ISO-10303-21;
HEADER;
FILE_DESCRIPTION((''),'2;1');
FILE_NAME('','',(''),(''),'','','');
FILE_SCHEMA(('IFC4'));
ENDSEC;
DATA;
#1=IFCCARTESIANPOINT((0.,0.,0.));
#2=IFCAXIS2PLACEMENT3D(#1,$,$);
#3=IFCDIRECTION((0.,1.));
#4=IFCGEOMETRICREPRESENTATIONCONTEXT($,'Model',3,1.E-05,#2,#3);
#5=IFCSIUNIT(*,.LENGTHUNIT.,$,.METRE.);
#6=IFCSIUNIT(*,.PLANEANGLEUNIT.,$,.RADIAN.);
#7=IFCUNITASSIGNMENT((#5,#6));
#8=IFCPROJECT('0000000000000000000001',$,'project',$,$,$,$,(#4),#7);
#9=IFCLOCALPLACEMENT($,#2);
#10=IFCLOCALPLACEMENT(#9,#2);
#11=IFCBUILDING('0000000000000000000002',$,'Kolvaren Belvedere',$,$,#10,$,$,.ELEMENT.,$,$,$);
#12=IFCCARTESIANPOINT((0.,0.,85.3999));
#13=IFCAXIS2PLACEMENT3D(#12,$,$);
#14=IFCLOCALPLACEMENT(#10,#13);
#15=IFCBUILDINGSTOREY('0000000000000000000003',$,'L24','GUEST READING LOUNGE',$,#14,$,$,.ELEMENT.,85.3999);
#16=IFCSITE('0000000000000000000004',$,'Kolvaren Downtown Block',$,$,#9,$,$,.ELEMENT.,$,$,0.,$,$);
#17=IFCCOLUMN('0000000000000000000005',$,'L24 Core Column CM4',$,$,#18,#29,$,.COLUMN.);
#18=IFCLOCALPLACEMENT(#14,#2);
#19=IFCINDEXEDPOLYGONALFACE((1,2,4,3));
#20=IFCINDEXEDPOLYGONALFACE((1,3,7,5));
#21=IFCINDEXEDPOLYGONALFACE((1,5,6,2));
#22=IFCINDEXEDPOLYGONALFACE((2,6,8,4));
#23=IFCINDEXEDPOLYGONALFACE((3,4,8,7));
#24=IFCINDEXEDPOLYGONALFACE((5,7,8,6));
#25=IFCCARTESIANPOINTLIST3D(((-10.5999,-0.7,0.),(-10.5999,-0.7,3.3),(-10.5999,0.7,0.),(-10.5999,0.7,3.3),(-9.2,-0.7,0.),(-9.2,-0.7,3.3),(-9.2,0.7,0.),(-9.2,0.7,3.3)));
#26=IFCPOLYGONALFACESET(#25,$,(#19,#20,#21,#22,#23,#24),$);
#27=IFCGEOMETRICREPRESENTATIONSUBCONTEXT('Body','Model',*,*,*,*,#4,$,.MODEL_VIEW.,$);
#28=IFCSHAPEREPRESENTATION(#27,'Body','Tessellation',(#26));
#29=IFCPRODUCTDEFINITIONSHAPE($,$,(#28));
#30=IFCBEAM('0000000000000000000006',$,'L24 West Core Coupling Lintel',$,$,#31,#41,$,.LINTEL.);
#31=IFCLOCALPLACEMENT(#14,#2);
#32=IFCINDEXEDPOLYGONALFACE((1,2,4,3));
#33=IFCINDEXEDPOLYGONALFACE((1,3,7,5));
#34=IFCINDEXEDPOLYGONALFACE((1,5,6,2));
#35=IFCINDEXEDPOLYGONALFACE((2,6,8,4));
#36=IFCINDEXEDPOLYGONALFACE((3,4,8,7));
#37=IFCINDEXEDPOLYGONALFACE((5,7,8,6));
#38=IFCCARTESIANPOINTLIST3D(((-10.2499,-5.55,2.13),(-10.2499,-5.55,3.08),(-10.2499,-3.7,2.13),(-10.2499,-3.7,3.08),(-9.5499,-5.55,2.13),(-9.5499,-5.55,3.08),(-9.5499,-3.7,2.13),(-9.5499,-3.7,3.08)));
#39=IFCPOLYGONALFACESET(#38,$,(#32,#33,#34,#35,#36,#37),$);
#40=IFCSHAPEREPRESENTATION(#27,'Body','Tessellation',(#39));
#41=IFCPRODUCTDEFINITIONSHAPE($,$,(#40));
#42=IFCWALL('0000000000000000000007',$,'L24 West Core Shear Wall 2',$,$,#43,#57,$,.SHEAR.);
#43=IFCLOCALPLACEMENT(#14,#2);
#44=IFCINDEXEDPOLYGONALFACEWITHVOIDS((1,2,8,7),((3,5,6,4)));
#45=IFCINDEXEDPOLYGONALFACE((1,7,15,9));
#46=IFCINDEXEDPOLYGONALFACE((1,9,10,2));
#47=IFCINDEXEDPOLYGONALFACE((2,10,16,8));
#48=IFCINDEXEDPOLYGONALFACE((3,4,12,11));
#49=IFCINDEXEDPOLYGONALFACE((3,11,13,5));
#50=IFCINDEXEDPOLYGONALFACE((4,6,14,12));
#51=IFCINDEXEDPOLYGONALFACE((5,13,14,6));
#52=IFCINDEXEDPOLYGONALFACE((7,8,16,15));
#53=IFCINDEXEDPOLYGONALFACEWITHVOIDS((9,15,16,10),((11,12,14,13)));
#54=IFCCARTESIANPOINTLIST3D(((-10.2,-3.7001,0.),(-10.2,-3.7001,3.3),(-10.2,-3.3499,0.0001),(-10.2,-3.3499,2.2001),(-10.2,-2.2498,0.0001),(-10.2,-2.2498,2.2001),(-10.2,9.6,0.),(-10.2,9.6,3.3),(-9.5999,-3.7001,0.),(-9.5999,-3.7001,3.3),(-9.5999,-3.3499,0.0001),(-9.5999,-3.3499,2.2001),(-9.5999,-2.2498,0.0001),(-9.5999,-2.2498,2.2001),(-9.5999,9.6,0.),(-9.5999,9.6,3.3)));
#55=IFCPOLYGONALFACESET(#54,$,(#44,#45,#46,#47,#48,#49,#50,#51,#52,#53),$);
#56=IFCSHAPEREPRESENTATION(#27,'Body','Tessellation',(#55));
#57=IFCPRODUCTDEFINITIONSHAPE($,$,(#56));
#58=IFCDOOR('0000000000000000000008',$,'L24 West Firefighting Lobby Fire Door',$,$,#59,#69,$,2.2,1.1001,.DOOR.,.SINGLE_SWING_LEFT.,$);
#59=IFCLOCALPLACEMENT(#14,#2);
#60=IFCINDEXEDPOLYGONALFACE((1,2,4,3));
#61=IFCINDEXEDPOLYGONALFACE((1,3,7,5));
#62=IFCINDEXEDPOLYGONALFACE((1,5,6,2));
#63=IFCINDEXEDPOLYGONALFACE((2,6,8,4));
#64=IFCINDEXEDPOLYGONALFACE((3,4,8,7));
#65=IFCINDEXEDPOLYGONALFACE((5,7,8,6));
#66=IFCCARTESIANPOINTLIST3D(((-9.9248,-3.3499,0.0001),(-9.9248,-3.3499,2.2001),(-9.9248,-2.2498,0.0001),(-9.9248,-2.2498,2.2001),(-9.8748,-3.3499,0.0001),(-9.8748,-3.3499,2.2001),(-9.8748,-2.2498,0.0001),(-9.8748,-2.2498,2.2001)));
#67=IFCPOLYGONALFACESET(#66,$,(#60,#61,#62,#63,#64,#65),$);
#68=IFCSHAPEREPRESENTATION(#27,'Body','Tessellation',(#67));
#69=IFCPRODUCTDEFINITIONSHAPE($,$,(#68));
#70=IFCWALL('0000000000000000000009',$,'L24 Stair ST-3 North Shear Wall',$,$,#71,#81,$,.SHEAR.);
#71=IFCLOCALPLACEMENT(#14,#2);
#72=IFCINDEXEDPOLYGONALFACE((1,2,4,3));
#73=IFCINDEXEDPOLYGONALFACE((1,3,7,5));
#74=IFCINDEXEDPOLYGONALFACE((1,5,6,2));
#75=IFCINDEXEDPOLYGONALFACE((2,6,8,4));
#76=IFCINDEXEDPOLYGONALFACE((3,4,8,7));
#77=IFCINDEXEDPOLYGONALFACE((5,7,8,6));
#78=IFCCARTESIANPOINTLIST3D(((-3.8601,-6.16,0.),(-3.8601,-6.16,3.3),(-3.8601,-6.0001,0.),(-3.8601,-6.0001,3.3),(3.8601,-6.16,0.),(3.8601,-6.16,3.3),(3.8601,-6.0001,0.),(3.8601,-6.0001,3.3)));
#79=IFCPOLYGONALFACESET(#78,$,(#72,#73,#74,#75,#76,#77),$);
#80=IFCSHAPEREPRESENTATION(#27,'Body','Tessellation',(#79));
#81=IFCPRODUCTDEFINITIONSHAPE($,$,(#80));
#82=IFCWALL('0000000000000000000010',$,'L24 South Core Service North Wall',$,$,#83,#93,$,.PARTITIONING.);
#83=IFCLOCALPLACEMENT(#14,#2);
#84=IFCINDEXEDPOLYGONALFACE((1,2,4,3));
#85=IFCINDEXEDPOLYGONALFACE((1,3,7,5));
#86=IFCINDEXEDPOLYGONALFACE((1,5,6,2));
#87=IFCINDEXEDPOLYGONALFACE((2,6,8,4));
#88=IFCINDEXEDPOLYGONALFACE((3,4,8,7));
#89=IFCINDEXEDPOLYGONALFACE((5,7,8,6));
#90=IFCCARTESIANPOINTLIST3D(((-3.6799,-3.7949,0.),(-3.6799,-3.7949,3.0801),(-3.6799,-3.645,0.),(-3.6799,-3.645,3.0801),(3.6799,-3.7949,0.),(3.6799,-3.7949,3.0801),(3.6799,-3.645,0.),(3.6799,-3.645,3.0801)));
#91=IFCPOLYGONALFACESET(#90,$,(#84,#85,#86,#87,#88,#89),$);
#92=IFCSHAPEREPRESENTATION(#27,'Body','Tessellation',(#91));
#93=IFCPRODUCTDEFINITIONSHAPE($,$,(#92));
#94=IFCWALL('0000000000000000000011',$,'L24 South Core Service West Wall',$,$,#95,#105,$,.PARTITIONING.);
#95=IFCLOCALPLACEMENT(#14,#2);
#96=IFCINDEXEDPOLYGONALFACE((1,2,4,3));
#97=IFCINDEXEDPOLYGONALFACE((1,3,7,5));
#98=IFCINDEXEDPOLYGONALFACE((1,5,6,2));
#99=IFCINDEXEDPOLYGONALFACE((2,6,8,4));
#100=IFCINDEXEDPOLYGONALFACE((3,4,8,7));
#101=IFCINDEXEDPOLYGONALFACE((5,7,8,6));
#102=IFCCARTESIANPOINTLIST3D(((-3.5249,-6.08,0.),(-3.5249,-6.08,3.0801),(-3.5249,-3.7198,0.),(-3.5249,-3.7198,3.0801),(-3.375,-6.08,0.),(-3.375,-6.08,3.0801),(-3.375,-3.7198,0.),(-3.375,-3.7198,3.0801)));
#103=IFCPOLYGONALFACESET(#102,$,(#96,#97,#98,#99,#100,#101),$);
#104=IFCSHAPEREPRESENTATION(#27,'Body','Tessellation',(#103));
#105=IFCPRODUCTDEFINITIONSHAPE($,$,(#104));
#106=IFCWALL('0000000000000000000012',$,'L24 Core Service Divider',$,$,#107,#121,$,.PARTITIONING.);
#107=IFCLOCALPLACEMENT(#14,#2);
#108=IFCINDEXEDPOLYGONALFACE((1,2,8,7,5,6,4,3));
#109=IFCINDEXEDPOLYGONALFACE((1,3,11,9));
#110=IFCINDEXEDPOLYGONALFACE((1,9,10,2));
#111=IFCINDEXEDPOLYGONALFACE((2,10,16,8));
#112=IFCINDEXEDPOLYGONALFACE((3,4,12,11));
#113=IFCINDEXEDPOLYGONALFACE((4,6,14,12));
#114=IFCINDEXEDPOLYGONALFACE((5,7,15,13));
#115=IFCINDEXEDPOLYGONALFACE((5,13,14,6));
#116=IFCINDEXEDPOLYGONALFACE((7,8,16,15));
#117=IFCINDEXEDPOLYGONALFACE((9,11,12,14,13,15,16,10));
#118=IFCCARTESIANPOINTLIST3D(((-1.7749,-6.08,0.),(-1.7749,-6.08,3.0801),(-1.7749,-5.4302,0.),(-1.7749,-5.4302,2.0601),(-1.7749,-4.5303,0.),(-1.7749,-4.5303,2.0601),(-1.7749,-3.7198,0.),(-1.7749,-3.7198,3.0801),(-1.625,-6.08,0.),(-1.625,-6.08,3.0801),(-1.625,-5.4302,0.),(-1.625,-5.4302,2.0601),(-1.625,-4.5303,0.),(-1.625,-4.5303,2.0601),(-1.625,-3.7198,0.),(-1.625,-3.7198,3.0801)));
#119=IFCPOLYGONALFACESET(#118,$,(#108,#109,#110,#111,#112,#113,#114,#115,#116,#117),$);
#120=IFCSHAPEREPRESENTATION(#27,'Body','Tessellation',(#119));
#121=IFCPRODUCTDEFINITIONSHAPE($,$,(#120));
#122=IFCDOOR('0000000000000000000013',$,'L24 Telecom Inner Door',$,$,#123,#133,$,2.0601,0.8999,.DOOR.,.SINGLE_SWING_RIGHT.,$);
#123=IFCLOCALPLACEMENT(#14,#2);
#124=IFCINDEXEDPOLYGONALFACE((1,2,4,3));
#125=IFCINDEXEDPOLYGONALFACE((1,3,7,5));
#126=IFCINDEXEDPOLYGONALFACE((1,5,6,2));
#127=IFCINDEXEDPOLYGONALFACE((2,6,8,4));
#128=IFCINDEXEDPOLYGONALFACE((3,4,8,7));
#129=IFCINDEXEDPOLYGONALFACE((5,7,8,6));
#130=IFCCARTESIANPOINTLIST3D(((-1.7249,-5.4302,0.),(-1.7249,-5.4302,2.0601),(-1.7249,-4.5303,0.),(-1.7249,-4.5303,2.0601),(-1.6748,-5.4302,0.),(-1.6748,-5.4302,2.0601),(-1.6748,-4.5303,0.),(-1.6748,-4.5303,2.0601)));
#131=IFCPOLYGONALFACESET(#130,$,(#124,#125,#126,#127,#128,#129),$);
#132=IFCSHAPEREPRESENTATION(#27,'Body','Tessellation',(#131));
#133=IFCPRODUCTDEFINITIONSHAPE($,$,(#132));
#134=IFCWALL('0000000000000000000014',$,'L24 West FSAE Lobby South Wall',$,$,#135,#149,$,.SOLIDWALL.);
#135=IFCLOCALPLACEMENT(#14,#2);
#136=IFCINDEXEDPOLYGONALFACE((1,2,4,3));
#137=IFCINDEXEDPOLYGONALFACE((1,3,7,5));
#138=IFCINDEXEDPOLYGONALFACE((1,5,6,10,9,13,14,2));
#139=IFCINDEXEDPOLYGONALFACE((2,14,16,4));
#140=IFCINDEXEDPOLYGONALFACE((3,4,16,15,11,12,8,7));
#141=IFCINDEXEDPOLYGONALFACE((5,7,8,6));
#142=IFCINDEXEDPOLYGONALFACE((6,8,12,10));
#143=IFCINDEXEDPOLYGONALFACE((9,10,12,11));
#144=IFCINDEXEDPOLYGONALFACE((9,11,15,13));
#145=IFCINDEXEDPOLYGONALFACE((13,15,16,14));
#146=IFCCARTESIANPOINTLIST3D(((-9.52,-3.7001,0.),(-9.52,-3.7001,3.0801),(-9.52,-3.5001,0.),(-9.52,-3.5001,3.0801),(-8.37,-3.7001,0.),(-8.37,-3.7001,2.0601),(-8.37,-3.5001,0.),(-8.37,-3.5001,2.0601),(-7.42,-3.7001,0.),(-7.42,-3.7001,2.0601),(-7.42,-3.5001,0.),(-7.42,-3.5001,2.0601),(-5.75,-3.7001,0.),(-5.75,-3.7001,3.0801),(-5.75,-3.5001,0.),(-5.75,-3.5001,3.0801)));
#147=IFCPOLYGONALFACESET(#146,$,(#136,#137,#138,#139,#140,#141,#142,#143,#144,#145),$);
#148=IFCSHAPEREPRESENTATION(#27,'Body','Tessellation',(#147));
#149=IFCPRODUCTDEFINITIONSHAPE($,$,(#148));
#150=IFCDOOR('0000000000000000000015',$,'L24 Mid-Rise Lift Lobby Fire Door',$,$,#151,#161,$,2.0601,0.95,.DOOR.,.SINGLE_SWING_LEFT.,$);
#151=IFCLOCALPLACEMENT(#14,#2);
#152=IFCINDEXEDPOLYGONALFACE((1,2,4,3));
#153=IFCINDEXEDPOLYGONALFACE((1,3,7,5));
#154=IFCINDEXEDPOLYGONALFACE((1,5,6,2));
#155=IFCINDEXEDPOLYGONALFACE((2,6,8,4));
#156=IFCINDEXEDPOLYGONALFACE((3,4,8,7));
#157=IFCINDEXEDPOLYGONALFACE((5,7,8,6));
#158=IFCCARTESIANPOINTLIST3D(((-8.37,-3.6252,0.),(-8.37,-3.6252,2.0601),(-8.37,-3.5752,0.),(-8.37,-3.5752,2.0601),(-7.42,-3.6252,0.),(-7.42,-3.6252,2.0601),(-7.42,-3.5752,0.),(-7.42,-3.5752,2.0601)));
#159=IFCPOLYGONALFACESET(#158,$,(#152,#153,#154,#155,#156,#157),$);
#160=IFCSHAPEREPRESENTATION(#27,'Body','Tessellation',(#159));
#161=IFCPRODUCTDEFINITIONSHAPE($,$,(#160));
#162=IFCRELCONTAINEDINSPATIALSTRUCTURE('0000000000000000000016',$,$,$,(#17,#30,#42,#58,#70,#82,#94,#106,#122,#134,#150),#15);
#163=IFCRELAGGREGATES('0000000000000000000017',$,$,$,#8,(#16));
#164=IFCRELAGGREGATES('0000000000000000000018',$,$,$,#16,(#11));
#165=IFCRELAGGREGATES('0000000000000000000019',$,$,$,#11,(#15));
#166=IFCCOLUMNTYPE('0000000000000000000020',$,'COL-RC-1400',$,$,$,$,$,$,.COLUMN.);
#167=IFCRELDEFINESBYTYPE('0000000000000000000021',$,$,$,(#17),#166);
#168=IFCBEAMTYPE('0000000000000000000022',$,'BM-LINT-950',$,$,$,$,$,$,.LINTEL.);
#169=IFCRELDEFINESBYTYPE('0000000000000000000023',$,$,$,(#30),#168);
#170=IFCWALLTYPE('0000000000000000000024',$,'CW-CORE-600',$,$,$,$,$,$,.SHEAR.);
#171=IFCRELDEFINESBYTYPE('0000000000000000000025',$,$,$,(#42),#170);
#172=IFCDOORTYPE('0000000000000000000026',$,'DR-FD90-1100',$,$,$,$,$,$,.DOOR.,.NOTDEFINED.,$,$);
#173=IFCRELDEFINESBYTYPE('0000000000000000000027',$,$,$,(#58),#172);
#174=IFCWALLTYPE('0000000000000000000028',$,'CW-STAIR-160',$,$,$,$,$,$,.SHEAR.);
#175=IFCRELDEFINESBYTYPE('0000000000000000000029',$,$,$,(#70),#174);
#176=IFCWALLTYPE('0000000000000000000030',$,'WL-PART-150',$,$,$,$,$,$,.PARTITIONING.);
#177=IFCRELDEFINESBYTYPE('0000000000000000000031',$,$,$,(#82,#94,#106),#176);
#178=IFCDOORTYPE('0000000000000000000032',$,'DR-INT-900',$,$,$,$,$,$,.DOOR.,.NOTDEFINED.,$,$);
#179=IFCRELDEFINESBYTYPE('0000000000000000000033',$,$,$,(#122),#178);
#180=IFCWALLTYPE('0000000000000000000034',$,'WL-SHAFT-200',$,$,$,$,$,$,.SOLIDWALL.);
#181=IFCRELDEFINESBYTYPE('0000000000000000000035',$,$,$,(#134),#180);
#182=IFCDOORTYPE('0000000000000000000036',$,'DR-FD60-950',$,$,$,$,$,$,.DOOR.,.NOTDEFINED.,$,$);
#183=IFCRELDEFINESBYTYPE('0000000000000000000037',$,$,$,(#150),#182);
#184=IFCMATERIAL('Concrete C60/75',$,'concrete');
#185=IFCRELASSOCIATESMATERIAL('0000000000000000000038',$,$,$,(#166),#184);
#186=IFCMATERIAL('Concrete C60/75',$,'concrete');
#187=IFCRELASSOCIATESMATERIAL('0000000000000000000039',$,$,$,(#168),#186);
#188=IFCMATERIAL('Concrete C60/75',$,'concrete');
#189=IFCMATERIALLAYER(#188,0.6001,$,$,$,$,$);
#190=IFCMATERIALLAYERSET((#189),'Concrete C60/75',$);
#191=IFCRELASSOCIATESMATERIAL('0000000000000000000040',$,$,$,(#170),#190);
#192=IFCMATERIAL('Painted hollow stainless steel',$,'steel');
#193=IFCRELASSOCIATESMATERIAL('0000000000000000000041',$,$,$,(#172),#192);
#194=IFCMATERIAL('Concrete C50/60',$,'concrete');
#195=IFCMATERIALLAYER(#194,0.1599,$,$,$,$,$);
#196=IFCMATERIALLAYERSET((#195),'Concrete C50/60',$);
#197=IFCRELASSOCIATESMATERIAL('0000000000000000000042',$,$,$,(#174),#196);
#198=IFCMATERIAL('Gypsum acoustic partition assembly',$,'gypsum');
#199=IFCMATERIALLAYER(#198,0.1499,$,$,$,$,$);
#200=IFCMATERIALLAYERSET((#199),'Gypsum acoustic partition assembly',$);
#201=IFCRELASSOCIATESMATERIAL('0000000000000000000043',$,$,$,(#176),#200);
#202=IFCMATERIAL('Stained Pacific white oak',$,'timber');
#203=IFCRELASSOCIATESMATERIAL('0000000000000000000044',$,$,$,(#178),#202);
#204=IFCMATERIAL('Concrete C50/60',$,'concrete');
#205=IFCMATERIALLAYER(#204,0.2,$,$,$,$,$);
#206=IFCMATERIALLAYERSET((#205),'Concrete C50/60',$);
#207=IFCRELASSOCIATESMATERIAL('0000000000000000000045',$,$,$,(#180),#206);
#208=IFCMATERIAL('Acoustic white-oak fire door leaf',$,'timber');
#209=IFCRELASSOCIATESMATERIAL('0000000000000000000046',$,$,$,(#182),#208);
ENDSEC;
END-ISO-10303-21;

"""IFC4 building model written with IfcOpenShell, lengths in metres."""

from ifc_helpers import new_model, si_unit, direction, frame, frame_2d, origin, origin_2d, place, context, subcontext, project, spatial, rectangle, extrude, material, layer, layer_set, material_profile, profile_set, type_object, element, fill, save


model = new_model("IFC4")

# Units and contexts
model_context = context("Model", 3, precision=1e-05, world=origin(), true_north=direction((0.0, 1.0)))
body_context = subcontext(model_context, "Body", "Model", "MODEL_VIEW")
ifc_project = project(units=[si_unit("LENGTHUNIT", "METRE"), si_unit("PLANEANGLEUNIT", "RADIAN")], contexts=[model_context])

# Site, building, storey
site_placement = place(None, origin())
site = spatial("IfcSite", under=ifc_project, at=site_placement, Name="Kolvaren Downtown Block", CompositionType="ELEMENT", RefElevation=0.0)
building_placement = place(site_placement, origin())
building = spatial("IfcBuilding", under=site, at=building_placement, Name="Kolvaren Belvedere", CompositionType="ELEMENT")
storey_placement = place(building_placement, frame((0.0, 0.0, 85.3999)))
storey = spatial("IfcBuildingStorey", under=building, at=storey_placement, Name="L24", Description="GUEST READING LOUNGE", CompositionType="ELEMENT", Elevation=85.3999)

# Column
ifc_material_1 = material(Name="Concrete C60/75", Category="concrete")
ifc_material_profile_1 = material_profile(ifc_material_1, rectangle(XDim=1.3999, YDim=1.3999, at=origin_2d()), Name="RC 1400X1400")
ifc_profile_set_1 = profile_set([ifc_material_profile_1], Name="Concrete C60/75")
column_type = type_object("IfcColumnType", Name="COL-RC-1400", PredefinedType="COLUMN", material=ifc_profile_set_1)
column_placement = place(storey_placement, frame((-9.8999, 0.0, 0.0), z_axis=(0.0, 0.0, 1.0), x_axis=(1.0, 0.0, 0.0)))
element("IfcColumn", 1, at=column_placement, inside=storey, type_object=column_type, Name="L24 Core Column CM4", PredefinedType="COLUMN", context=body_context, shape_type="SweptSolid", body=[
    extrude(rectangle(XDim=1.3999, YDim=1.3999, at=origin_2d()), origin(), (0.0, 0.0, 1.0), 3.3),
])

# Beam
ifc_material_2 = material(Name="Concrete C60/75", Category="concrete")
ifc_material_profile_2 = material_profile(ifc_material_2, rectangle(XDim=0.7, YDim=0.95, at=origin_2d()), Name="RC 700X950")
ifc_profile_set_2 = profile_set([ifc_material_profile_2], Name="Concrete C60/75")
beam_type = type_object("IfcBeamType", Name="BM-LINT-950", PredefinedType="LINTEL", material=ifc_profile_set_2)
beam_placement = place(storey_placement, frame((-9.8999, -5.55, 2.605), z_axis=(0.0, 1.0, 0.0), x_axis=(-1.0, 0.0, 0.0)))
element("IfcBeam", 2, at=beam_placement, inside=storey, type_object=beam_type, Name="L24 West Core Coupling Lintel", PredefinedType="LINTEL", context=body_context, shape_type="SweptSolid", body=[
    extrude(rectangle(XDim=0.7, YDim=0.95, at=origin_2d()), origin(), (0.0, 0.0, 1.0), 1.8501),
])

# Wall, opening, door
ifc_material_3 = material(Name="Concrete C60/75", Category="concrete")
ifc_layer_1 = layer(ifc_material_3, 0.6001)
ifc_layer_set_1 = layer_set([ifc_layer_1], Name="Concrete C60/75")
wall_type_1 = type_object("IfcWallType", Name="CW-CORE-600", PredefinedType="SHEAR", material=ifc_layer_set_1)
wall_1_placement = place(storey_placement, frame((-9.8999, -3.7, 0.0), z_axis=(0.0, 0.0, 1.0), x_axis=(0.0, 1.0, 0.0)))
wall_1 = element("IfcWall", 3, at=wall_1_placement, inside=storey, type_object=wall_type_1, Name="L24 West Core Shear Wall 2", PredefinedType="SHEAR", context=body_context, shape_type="SweptSolid", body=[
    extrude(rectangle(XDim=13.3, YDim=0.6001, at=frame_2d((6.6499, 0.0))), origin(), (0.0, 0.0, 1.0), 3.3),
])
opening_1_placement = place(wall_1_placement, frame((0.3501, 0.0, 0.0)))
opening_1 = element("IfcOpeningElement", 4, at=opening_1_placement, cuts=wall_1, PredefinedType="OPENING", context=body_context, shape_type="SweptSolid", body=[
    extrude(rectangle(XDim=1.1001, YDim=2.2, at=frame_2d((0.55, 1.1001))), frame((0.0, 0.3101, 0.0), z_axis=(0.0, -1.0, 0.0), x_axis=(1.0, 0.0, 0.0)), (0.0, 0.0, 1.0), 0.6201),
])
ifc_material_4 = material(Name="Painted hollow stainless steel", Category="steel")
door_type_1 = type_object("IfcDoorType", Name="DR-FD90-1100", OperationType="NOTDEFINED", PredefinedType="DOOR", material=ifc_material_4)
door_1_placement = place(opening_1_placement, origin())
door_1 = element("IfcDoor", 5, at=door_1_placement, inside=storey, type_object=door_type_1, Name="L24 West Firefighting Lobby Fire Door", OperationType="SINGLE_SWING_LEFT", OverallHeight=2.2, OverallWidth=1.1001, PredefinedType="DOOR", context=body_context, shape_type="SweptSolid", body=[
    extrude(rectangle(XDim=1.1001, YDim=2.2, at=frame_2d((0.55, 1.1001))), frame((0.0, 0.0249, 0.0), z_axis=(0.0, -1.0, 0.0), x_axis=(1.0, 0.0, 0.0)), (0.0, 0.0, 1.0), 0.05),
])
fill(opening_1, door_1)

# Walls
ifc_material_5 = material(Name="Concrete C50/60", Category="concrete")
ifc_layer_2 = layer(ifc_material_5, 0.1599)
ifc_layer_set_2 = layer_set([ifc_layer_2], Name="Concrete C50/60")
wall_type_2 = type_object("IfcWallType", Name="CW-STAIR-160", PredefinedType="SHEAR", material=ifc_layer_set_2)
wall_2_placement = place(storey_placement, frame((-3.8601, -6.0801, 0.0), z_axis=(0.0, 0.0, 1.0), x_axis=(1.0, 0.0, 0.0)))
element("IfcWall", 6, at=wall_2_placement, inside=storey, type_object=wall_type_2, Name="L24 Stair ST-3 North Shear Wall", PredefinedType="SHEAR", context=body_context, shape_type="SweptSolid", body=[
    extrude(rectangle(XDim=7.7202, YDim=0.1599, at=frame_2d((3.8601, 0.0))), origin(), (0.0, 0.0, 1.0), 3.3),
])
ifc_material_6 = material(Name="Gypsum acoustic partition assembly", Category="gypsum")
ifc_layer_3 = layer(ifc_material_6, 0.1499)
ifc_layer_set_3 = layer_set([ifc_layer_3], Name="Gypsum acoustic partition assembly")
wall_type_3 = type_object("IfcWallType", Name="WL-PART-150", PredefinedType="PARTITIONING", material=ifc_layer_set_3)
wall_3_placement = place(storey_placement, frame((-3.6799, -3.72, 0.0), z_axis=(0.0, 0.0, 1.0), x_axis=(1.0, 0.0, 0.0)))
element("IfcWall", 7, at=wall_3_placement, inside=storey, type_object=wall_type_3, Name="L24 South Core Service North Wall", PredefinedType="PARTITIONING", context=body_context, shape_type="SweptSolid", body=[
    extrude(rectangle(XDim=7.3599, YDim=0.1499, at=frame_2d((3.6799, 0.0))), origin(), (0.0, 0.0, 1.0), 3.0801),
])
wall_4_placement = place(storey_placement, frame((-3.45, -6.0801, 0.0), z_axis=(0.0, 0.0, 1.0), x_axis=(0.0, 1.0, 0.0)))
element("IfcWall", 8, at=wall_4_placement, inside=storey, type_object=wall_type_3, Name="L24 South Core Service West Wall", PredefinedType="PARTITIONING", context=body_context, shape_type="SweptSolid", body=[
    extrude(rectangle(XDim=2.3601, YDim=0.1499, at=frame_2d((1.1802, 0.0))), origin(), (0.0, 0.0, 1.0), 3.0801),
])

# Walls, openings, doors
wall_5_placement = place(storey_placement, frame((-1.7, -6.0801, 0.0), z_axis=(0.0, 0.0, 1.0), x_axis=(0.0, 1.0, 0.0)))
wall_5 = element("IfcWall", 9, at=wall_5_placement, inside=storey, type_object=wall_type_3, Name="L24 Core Service Divider", PredefinedType="PARTITIONING", context=body_context, shape_type="SweptSolid", body=[
    extrude(rectangle(XDim=2.3601, YDim=0.1499, at=frame_2d((1.1802, 0.0))), origin(), (0.0, 0.0, 1.0), 3.0801),
])
opening_2_placement = place(wall_5_placement, frame((0.6499, 0.0, 0.0)))
opening_2 = element("IfcOpeningElement", 10, at=opening_2_placement, cuts=wall_5, PredefinedType="OPENING", context=body_context, shape_type="SweptSolid", body=[
    extrude(rectangle(XDim=0.8999, YDim=2.0601, at=frame_2d((0.45, 1.03))), frame((0.0, 0.085, 0.0), z_axis=(0.0, -1.0, 0.0), x_axis=(1.0, 0.0, 0.0)), (0.0, 0.0, 1.0), 0.1699),
])
ifc_material_7 = material(Name="Stained Pacific white oak", Category="timber")
door_type_2 = type_object("IfcDoorType", Name="DR-INT-900", OperationType="NOTDEFINED", PredefinedType="DOOR", material=ifc_material_7)
door_2_placement = place(opening_2_placement, origin())
door_2 = element("IfcDoor", 11, at=door_2_placement, inside=storey, type_object=door_type_2, Name="L24 Telecom Inner Door", OperationType="SINGLE_SWING_RIGHT", OverallHeight=2.0601, OverallWidth=0.8999, PredefinedType="DOOR", context=body_context, shape_type="SweptSolid", body=[
    extrude(rectangle(XDim=0.8999, YDim=2.0601, at=frame_2d((0.45, 1.03))), frame((0.0, 0.0249, 0.0), z_axis=(0.0, -1.0, 0.0), x_axis=(1.0, 0.0, 0.0)), (0.0, 0.0, 1.0), 0.05),
])
fill(opening_2, door_2)
ifc_material_8 = material(Name="Concrete C50/60", Category="concrete")
ifc_layer_4 = layer(ifc_material_8, 0.2)
ifc_layer_set_4 = layer_set([ifc_layer_4], Name="Concrete C50/60")
wall_type_4 = type_object("IfcWallType", Name="WL-SHAFT-200", PredefinedType="SOLIDWALL", material=ifc_layer_set_4)
wall_6_placement = place(storey_placement, frame((-9.52, -3.6001, 0.0), z_axis=(0.0, 0.0, 1.0), x_axis=(1.0, 0.0, 0.0)))
wall_6 = element("IfcWall", 12, at=wall_6_placement, inside=storey, type_object=wall_type_4, Name="L24 West FSAE Lobby South Wall", PredefinedType="SOLIDWALL", context=body_context, shape_type="SweptSolid", body=[
    extrude(rectangle(XDim=3.77, YDim=0.2, at=frame_2d((1.885, 0.0))), origin(), (0.0, 0.0, 1.0), 3.0801),
])
opening_3_placement = place(wall_6_placement, frame((1.1499, 0.0, 0.0)))
opening_3 = element("IfcOpeningElement", 13, at=opening_3_placement, cuts=wall_6, PredefinedType="OPENING", context=body_context, shape_type="SweptSolid", body=[
    extrude(rectangle(XDim=0.95, YDim=2.0601, at=frame_2d((0.4751, 1.03))), frame((0.0, 0.1099, 0.0), z_axis=(0.0, -1.0, 0.0), x_axis=(1.0, 0.0, 0.0)), (0.0, 0.0, 1.0), 0.22),
])
ifc_material_9 = material(Name="Acoustic white-oak fire door leaf", Category="timber")
door_type_3 = type_object("IfcDoorType", Name="DR-FD60-950", OperationType="NOTDEFINED", PredefinedType="DOOR", material=ifc_material_9)
door_3_placement = place(opening_3_placement, origin())
door_3 = element("IfcDoor", 14, at=door_3_placement, inside=storey, type_object=door_type_3, Name="L24 Mid-Rise Lift Lobby Fire Door", OperationType="SINGLE_SWING_LEFT", OverallHeight=2.0601, OverallWidth=0.95, PredefinedType="DOOR", context=body_context, shape_type="SweptSolid", body=[
    extrude(rectangle(XDim=0.95, YDim=2.0601, at=frame_2d((0.4751, 1.03))), frame((0.0, 0.0249, 0.0), z_axis=(0.0, -1.0, 0.0), x_axis=(1.0, 0.0, 0.0)), (0.0, 0.0, 1.0), 0.05),
])
fill(opening_3, door_3)

save(model, "model.ifc")
